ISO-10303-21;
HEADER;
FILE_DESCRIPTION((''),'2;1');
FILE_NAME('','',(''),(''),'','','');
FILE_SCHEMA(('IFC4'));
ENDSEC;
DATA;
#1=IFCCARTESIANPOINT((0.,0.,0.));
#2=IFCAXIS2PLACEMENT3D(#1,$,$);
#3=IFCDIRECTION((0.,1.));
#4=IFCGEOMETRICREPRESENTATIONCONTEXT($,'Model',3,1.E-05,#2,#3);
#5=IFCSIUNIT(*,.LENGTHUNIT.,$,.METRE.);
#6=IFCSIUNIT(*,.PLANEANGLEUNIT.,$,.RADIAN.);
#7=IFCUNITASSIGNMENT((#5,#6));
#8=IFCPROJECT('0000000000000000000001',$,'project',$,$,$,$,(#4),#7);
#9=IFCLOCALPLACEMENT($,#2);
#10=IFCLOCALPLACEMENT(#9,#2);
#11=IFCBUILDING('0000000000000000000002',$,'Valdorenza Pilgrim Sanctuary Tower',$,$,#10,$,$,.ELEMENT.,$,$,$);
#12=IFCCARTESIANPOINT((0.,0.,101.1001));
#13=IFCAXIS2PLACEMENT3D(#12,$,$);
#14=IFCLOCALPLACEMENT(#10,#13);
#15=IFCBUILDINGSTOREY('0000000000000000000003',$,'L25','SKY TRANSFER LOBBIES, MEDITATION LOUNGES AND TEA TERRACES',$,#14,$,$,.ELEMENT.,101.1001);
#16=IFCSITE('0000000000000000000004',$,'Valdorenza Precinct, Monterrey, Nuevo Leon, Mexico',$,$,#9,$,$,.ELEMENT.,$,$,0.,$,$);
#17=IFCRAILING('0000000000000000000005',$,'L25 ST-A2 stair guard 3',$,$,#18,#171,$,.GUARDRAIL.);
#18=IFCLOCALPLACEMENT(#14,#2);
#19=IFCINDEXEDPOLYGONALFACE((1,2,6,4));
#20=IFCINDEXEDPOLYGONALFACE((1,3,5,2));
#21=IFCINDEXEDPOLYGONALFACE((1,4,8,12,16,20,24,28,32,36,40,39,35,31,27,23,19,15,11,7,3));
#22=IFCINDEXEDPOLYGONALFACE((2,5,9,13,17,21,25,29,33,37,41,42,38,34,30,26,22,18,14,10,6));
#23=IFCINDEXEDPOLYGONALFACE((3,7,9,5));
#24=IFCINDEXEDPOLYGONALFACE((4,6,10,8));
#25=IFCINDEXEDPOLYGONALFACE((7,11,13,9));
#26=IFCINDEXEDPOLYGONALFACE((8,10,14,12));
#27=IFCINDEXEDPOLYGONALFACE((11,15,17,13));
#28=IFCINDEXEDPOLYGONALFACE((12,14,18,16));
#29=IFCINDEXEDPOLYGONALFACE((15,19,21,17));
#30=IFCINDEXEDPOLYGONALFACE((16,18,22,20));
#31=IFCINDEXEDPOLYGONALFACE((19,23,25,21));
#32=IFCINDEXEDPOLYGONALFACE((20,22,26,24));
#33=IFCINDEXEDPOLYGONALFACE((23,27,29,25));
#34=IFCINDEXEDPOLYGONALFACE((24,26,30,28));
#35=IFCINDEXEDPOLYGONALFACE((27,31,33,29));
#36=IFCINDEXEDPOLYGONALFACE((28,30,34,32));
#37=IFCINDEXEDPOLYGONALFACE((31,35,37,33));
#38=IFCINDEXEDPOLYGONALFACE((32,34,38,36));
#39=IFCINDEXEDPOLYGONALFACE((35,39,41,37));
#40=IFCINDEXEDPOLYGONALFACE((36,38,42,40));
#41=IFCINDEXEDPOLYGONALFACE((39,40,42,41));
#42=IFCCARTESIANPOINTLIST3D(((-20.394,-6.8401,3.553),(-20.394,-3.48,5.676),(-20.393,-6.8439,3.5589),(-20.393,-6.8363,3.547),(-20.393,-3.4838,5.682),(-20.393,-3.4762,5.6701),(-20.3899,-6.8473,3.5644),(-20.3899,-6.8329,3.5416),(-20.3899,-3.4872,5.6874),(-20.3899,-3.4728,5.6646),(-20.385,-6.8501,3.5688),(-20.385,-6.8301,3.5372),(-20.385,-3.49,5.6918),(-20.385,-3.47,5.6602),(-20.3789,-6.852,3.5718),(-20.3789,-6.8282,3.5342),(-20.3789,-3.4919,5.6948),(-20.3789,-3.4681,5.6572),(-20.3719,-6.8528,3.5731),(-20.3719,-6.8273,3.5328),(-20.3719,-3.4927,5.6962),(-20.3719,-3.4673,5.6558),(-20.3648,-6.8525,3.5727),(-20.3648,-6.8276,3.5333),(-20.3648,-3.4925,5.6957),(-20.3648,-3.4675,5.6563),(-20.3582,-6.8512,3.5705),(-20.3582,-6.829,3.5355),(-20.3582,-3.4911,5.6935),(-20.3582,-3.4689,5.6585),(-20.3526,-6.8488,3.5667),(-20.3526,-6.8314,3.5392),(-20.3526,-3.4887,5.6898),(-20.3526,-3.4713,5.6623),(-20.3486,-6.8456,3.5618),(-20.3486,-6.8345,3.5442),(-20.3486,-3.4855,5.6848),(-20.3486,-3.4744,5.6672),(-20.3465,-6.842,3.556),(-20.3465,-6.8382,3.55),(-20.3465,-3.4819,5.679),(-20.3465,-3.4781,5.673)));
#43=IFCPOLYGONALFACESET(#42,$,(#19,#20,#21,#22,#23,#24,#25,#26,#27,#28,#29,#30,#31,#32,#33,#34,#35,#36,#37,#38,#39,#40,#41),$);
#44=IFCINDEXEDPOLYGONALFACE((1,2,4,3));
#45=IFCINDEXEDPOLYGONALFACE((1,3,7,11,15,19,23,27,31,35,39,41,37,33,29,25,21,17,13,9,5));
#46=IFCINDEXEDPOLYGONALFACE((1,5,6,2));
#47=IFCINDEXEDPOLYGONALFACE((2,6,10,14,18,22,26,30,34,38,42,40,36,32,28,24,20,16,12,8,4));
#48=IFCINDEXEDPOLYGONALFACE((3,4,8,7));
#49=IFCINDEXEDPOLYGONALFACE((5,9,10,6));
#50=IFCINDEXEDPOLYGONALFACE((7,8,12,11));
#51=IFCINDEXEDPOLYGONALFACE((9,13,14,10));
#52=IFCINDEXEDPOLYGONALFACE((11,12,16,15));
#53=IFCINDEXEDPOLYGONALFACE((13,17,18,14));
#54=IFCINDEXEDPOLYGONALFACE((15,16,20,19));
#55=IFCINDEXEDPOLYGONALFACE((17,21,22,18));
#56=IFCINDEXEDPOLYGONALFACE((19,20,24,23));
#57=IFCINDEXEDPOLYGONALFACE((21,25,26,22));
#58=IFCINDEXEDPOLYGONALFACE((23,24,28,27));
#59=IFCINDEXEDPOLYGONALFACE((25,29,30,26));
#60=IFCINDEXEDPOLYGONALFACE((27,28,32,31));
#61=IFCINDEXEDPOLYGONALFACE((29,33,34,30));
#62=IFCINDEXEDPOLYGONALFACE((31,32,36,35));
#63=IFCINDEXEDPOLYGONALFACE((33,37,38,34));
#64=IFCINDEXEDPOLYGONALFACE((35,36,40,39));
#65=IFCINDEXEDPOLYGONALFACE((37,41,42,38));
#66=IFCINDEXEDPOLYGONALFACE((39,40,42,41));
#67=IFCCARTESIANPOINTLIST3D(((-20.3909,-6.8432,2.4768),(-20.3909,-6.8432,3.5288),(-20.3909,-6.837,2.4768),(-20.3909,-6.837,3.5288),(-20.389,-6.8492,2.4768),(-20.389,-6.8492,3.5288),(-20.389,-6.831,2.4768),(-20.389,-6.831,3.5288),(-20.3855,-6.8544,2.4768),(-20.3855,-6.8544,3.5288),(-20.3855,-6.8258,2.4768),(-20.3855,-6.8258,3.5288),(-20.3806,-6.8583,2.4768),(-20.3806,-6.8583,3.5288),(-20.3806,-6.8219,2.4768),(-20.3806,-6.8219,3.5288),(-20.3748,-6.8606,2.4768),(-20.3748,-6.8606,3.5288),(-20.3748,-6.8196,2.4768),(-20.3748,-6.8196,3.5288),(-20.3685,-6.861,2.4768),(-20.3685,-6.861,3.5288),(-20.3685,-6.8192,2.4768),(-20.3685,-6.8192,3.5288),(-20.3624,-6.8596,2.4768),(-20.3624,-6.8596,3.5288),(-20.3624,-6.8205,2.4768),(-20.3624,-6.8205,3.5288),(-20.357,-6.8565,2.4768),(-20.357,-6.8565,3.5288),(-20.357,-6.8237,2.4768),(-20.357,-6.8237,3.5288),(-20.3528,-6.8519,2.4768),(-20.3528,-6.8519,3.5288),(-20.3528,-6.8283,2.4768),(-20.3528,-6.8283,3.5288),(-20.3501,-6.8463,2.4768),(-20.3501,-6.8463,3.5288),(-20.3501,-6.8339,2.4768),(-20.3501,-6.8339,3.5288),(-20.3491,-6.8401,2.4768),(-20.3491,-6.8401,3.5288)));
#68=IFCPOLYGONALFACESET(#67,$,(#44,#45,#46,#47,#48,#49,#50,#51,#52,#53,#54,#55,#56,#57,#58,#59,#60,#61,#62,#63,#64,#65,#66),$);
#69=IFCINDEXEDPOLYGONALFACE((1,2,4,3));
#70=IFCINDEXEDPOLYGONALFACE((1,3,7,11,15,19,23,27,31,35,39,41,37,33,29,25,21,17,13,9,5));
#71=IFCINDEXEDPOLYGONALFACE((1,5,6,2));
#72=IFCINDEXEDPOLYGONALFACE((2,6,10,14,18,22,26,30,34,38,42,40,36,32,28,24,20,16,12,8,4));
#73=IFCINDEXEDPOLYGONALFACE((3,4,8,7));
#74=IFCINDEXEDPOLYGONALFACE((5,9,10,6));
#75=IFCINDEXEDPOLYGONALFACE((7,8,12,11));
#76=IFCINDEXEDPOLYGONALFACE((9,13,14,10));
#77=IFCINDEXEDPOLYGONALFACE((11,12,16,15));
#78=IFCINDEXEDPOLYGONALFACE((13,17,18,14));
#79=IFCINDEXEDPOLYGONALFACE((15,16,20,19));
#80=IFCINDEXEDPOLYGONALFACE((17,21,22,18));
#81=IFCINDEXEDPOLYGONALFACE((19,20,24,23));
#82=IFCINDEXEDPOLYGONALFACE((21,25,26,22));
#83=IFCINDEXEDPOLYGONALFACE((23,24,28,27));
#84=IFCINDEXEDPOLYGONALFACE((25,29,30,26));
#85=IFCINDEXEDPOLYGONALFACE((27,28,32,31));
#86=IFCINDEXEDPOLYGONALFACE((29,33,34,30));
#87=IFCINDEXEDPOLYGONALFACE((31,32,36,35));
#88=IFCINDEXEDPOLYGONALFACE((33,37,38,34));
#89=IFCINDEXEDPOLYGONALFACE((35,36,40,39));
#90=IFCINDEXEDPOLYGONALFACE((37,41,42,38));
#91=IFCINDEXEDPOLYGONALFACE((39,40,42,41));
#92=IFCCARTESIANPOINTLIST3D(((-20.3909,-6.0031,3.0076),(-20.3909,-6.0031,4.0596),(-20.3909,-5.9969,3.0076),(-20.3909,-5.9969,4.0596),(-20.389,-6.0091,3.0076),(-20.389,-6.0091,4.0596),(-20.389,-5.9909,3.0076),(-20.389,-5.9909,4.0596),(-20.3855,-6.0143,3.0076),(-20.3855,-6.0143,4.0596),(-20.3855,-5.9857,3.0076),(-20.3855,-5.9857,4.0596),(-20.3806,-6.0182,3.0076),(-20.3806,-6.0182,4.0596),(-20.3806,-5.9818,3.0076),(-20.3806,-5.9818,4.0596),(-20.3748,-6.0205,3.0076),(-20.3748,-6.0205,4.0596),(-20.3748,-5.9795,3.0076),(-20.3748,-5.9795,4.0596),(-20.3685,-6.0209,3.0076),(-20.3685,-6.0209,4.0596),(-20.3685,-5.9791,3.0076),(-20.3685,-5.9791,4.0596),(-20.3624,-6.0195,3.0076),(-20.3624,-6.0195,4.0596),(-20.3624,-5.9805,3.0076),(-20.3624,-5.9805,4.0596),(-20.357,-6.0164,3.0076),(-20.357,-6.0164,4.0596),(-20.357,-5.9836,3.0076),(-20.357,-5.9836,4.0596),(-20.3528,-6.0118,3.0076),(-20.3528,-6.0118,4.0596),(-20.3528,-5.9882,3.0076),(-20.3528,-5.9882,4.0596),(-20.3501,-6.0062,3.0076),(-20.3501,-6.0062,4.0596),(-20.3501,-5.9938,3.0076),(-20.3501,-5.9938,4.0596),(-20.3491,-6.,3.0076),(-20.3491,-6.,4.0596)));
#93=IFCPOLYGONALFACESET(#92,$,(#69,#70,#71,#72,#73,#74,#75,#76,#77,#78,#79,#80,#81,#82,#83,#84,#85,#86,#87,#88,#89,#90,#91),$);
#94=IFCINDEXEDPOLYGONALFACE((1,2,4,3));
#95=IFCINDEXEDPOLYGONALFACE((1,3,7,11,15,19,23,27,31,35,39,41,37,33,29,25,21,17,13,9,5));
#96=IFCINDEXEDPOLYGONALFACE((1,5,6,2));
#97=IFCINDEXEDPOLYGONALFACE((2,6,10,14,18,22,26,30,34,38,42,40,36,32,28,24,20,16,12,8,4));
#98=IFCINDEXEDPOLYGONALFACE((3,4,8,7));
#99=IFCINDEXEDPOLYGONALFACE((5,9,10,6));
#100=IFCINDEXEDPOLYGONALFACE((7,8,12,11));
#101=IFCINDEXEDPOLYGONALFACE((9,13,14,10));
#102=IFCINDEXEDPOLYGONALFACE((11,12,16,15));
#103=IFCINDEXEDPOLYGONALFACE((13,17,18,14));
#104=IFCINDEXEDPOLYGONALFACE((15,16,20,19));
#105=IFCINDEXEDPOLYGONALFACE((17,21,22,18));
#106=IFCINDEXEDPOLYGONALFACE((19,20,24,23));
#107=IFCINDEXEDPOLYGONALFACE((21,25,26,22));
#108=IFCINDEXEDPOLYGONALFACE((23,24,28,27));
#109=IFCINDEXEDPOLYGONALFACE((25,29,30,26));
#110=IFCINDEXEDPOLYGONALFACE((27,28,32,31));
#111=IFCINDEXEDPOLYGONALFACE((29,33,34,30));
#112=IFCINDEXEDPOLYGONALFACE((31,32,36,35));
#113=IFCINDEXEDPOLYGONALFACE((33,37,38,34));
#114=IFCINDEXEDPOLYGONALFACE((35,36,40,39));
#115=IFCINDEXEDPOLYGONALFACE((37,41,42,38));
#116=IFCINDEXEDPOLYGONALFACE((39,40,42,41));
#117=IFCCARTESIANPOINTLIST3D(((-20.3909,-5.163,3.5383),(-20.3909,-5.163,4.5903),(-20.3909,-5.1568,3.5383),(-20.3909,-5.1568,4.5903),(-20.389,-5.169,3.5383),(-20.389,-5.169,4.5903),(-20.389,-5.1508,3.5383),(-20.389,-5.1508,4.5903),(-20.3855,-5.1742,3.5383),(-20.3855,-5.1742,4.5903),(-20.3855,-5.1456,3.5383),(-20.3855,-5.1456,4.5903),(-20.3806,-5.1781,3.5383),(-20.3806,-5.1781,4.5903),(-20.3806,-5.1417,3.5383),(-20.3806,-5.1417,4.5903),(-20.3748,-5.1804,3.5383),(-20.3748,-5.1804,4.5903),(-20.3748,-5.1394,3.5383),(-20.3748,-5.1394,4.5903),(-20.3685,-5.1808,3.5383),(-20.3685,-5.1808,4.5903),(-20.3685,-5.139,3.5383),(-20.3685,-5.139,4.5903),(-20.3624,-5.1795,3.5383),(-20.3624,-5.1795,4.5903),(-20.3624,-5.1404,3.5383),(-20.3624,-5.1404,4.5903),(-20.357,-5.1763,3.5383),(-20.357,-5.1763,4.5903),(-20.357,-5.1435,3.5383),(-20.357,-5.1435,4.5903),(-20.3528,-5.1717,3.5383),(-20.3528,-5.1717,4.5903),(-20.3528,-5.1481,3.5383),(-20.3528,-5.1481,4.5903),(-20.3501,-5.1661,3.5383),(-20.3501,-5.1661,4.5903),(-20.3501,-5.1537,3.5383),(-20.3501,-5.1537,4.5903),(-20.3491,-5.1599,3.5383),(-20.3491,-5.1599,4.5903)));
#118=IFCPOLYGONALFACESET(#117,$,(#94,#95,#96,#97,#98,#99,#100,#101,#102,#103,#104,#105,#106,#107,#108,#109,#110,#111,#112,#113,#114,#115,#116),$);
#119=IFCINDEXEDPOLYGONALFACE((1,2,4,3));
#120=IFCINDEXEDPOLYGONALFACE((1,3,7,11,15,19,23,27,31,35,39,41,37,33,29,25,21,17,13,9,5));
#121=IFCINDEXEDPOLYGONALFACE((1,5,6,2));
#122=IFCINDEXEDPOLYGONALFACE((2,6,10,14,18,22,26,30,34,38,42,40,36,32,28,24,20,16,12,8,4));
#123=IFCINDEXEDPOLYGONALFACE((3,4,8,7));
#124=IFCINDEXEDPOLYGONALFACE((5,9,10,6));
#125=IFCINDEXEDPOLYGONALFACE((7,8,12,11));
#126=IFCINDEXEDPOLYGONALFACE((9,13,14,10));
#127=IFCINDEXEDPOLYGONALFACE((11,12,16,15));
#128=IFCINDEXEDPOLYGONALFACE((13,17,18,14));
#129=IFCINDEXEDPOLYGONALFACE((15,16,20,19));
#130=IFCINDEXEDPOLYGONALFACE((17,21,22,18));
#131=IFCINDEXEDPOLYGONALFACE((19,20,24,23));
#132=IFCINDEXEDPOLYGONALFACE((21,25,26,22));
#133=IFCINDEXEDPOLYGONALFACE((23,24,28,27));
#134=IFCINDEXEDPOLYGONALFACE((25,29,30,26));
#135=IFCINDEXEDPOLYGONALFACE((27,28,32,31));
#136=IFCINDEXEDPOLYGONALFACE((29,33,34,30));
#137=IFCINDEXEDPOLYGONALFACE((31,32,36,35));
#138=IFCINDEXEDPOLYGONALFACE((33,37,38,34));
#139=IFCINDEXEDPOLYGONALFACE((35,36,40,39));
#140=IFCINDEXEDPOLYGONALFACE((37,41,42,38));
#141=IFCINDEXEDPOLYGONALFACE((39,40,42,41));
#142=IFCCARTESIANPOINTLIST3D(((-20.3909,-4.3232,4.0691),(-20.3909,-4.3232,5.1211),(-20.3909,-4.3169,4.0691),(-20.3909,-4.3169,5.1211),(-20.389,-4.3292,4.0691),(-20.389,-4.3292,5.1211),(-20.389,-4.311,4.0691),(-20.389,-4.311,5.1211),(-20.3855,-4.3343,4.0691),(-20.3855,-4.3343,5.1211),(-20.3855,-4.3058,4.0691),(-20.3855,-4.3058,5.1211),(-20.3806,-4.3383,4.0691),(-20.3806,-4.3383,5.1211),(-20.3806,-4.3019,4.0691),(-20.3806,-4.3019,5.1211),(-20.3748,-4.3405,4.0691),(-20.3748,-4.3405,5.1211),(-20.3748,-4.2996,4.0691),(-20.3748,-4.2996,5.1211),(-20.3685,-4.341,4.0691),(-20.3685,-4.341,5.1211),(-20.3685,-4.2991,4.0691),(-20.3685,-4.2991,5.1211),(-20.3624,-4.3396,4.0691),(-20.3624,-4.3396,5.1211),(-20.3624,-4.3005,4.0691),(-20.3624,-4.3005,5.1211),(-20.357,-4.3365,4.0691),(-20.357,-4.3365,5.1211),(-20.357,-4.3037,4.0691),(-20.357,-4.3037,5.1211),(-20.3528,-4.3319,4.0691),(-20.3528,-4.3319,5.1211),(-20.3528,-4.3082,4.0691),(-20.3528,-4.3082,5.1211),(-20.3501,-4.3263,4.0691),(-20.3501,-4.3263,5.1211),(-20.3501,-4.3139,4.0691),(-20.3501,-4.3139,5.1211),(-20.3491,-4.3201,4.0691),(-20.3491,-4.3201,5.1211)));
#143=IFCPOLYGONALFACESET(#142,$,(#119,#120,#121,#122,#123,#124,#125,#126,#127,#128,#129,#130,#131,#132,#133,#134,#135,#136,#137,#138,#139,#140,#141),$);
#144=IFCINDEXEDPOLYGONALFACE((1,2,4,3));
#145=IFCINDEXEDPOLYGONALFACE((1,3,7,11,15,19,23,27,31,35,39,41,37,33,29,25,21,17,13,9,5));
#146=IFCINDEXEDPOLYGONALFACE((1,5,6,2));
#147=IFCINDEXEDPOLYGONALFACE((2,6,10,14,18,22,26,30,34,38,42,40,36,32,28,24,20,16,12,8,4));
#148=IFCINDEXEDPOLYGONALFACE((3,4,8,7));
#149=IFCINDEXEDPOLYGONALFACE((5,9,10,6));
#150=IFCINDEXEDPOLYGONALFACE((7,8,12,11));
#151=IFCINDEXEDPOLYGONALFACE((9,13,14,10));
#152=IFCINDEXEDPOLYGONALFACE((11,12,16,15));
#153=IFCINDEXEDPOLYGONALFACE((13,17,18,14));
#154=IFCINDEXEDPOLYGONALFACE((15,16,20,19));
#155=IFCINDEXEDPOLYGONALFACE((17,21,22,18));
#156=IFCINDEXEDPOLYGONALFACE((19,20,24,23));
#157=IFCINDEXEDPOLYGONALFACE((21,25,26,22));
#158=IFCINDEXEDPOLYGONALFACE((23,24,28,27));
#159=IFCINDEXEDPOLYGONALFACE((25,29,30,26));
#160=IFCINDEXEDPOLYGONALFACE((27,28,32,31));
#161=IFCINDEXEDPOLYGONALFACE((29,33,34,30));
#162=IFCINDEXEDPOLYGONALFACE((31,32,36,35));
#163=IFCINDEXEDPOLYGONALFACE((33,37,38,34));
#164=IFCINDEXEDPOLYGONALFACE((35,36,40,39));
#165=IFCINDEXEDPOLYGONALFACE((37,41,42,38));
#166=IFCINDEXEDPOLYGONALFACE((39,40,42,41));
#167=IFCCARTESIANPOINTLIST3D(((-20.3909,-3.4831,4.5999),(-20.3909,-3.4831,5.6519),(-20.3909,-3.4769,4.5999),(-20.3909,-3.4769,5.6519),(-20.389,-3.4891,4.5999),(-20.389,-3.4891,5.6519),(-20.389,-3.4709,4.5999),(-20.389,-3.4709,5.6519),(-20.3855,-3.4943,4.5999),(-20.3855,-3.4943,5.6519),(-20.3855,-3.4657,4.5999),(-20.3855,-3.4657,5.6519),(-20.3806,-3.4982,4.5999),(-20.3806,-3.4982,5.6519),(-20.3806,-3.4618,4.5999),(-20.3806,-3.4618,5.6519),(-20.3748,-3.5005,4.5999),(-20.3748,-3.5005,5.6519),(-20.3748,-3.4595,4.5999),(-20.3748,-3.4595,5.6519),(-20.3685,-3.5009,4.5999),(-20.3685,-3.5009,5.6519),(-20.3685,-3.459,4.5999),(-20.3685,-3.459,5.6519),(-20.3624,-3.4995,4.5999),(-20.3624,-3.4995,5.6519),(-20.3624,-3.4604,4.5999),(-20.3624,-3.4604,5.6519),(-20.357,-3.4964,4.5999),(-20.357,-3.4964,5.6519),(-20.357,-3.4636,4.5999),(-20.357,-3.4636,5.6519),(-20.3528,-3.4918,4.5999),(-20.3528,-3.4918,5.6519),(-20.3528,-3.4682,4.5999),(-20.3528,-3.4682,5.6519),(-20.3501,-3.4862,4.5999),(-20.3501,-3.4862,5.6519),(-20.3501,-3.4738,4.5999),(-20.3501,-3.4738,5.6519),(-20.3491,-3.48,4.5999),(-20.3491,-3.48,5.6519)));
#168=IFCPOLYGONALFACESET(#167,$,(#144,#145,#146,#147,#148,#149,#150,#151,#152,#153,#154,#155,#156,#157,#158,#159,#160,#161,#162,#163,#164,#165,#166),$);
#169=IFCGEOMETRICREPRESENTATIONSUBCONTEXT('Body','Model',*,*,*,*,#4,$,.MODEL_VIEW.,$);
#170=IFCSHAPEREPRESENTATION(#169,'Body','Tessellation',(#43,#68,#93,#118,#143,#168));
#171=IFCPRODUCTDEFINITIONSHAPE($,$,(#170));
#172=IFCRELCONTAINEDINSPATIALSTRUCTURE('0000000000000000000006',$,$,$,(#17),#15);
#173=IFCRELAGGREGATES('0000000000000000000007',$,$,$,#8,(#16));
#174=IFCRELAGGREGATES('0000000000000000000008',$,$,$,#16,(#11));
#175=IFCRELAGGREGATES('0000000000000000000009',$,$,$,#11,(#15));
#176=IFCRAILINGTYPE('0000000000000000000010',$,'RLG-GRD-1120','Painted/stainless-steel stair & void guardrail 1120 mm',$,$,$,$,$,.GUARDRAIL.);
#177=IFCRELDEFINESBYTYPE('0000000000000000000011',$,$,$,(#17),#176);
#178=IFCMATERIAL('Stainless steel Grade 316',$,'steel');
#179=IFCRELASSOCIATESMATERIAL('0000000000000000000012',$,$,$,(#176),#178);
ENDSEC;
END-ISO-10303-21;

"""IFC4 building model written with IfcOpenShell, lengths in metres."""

from ifc_helpers import new_model, si_unit, direction, frame, origin, origin_2d, place, context, subcontext, project, spatial, circle, extrude, material, type_object, element, save


model = new_model("IFC4")

# Units and contexts
model_context = context("Model", 3, precision=1e-05, world=origin(), true_north=direction((0.0, 1.0)))
body_context = subcontext(model_context, "Body", "Model", "MODEL_VIEW")
ifc_project = project(units=[si_unit("LENGTHUNIT", "METRE"), si_unit("PLANEANGLEUNIT", "RADIAN")], contexts=[model_context])

# Site, building, storey
site_placement = place(None, origin())
site = spatial("IfcSite", under=ifc_project, at=site_placement, Name="Valdorenza Precinct, Monterrey, Nuevo Leon, Mexico", CompositionType="ELEMENT", RefElevation=0.0)
building_placement = place(site_placement, origin())
building = spatial("IfcBuilding", under=site, at=building_placement, Name="Valdorenza Pilgrim Sanctuary Tower", CompositionType="ELEMENT")
storey_placement = place(building_placement, frame((0.0, 0.0, 101.1001)))
storey = spatial("IfcBuildingStorey", under=building, at=storey_placement, Name="L25", Description="SKY TRANSFER LOBBIES, MEDITATION LOUNGES AND TEA TERRACES", CompositionType="ELEMENT", Elevation=101.1001)

# Railing
ifc_material_1 = material(Name="Stainless steel Grade 316", Category="steel")
railing_type_1 = type_object("IfcRailingType", Name="RLG-GRD-1120", Description="Painted/stainless-steel stair & void guardrail 1120 mm", PredefinedType="GUARDRAIL", material=ifc_material_1)
railing_1_placement = place(storey_placement, frame((-20.3701, -6.8401, 2.4768)))
element("IfcRailing", 1, at=railing_1_placement, inside=storey, type_object=railing_type_1, Name="L25 ST-A2 stair guard 3", PredefinedType="GUARDRAIL", context=body_context, shape_type="SweptSolid", body=[
    extrude(circle(Radius=0.0239, at=origin_2d()), frame((0.0, 0.0, 1.0762), z_axis=(0.0, 0.84539, 0.53415), x_axis=(-1.0, 0.0, 0.0)), (0.0, 0.0, 1.0), 3.9746),
    extrude(circle(Radius=0.021, at=origin_2d()), origin(), (0.0, 0.0, 1.0), 1.052),
    extrude(circle(Radius=0.021, at=origin_2d()), frame((0.0, 0.8401, 0.5308)), (0.0, 0.0, 1.0), 1.052),
    extrude(circle(Radius=0.021, at=origin_2d()), frame((0.0, 1.6802, 1.0615)), (0.0, 0.0, 1.0), 1.052),
    extrude(circle(Radius=0.021, at=origin_2d()), frame((0.0, 2.52, 1.5923)), (0.0, 0.0, 1.0), 1.052),
    extrude(circle(Radius=0.021, at=origin_2d()), frame((0.0, 3.3601, 2.123)), (0.0, 0.0, 1.0), 1.052),
])

save(model, "model.ifc")
